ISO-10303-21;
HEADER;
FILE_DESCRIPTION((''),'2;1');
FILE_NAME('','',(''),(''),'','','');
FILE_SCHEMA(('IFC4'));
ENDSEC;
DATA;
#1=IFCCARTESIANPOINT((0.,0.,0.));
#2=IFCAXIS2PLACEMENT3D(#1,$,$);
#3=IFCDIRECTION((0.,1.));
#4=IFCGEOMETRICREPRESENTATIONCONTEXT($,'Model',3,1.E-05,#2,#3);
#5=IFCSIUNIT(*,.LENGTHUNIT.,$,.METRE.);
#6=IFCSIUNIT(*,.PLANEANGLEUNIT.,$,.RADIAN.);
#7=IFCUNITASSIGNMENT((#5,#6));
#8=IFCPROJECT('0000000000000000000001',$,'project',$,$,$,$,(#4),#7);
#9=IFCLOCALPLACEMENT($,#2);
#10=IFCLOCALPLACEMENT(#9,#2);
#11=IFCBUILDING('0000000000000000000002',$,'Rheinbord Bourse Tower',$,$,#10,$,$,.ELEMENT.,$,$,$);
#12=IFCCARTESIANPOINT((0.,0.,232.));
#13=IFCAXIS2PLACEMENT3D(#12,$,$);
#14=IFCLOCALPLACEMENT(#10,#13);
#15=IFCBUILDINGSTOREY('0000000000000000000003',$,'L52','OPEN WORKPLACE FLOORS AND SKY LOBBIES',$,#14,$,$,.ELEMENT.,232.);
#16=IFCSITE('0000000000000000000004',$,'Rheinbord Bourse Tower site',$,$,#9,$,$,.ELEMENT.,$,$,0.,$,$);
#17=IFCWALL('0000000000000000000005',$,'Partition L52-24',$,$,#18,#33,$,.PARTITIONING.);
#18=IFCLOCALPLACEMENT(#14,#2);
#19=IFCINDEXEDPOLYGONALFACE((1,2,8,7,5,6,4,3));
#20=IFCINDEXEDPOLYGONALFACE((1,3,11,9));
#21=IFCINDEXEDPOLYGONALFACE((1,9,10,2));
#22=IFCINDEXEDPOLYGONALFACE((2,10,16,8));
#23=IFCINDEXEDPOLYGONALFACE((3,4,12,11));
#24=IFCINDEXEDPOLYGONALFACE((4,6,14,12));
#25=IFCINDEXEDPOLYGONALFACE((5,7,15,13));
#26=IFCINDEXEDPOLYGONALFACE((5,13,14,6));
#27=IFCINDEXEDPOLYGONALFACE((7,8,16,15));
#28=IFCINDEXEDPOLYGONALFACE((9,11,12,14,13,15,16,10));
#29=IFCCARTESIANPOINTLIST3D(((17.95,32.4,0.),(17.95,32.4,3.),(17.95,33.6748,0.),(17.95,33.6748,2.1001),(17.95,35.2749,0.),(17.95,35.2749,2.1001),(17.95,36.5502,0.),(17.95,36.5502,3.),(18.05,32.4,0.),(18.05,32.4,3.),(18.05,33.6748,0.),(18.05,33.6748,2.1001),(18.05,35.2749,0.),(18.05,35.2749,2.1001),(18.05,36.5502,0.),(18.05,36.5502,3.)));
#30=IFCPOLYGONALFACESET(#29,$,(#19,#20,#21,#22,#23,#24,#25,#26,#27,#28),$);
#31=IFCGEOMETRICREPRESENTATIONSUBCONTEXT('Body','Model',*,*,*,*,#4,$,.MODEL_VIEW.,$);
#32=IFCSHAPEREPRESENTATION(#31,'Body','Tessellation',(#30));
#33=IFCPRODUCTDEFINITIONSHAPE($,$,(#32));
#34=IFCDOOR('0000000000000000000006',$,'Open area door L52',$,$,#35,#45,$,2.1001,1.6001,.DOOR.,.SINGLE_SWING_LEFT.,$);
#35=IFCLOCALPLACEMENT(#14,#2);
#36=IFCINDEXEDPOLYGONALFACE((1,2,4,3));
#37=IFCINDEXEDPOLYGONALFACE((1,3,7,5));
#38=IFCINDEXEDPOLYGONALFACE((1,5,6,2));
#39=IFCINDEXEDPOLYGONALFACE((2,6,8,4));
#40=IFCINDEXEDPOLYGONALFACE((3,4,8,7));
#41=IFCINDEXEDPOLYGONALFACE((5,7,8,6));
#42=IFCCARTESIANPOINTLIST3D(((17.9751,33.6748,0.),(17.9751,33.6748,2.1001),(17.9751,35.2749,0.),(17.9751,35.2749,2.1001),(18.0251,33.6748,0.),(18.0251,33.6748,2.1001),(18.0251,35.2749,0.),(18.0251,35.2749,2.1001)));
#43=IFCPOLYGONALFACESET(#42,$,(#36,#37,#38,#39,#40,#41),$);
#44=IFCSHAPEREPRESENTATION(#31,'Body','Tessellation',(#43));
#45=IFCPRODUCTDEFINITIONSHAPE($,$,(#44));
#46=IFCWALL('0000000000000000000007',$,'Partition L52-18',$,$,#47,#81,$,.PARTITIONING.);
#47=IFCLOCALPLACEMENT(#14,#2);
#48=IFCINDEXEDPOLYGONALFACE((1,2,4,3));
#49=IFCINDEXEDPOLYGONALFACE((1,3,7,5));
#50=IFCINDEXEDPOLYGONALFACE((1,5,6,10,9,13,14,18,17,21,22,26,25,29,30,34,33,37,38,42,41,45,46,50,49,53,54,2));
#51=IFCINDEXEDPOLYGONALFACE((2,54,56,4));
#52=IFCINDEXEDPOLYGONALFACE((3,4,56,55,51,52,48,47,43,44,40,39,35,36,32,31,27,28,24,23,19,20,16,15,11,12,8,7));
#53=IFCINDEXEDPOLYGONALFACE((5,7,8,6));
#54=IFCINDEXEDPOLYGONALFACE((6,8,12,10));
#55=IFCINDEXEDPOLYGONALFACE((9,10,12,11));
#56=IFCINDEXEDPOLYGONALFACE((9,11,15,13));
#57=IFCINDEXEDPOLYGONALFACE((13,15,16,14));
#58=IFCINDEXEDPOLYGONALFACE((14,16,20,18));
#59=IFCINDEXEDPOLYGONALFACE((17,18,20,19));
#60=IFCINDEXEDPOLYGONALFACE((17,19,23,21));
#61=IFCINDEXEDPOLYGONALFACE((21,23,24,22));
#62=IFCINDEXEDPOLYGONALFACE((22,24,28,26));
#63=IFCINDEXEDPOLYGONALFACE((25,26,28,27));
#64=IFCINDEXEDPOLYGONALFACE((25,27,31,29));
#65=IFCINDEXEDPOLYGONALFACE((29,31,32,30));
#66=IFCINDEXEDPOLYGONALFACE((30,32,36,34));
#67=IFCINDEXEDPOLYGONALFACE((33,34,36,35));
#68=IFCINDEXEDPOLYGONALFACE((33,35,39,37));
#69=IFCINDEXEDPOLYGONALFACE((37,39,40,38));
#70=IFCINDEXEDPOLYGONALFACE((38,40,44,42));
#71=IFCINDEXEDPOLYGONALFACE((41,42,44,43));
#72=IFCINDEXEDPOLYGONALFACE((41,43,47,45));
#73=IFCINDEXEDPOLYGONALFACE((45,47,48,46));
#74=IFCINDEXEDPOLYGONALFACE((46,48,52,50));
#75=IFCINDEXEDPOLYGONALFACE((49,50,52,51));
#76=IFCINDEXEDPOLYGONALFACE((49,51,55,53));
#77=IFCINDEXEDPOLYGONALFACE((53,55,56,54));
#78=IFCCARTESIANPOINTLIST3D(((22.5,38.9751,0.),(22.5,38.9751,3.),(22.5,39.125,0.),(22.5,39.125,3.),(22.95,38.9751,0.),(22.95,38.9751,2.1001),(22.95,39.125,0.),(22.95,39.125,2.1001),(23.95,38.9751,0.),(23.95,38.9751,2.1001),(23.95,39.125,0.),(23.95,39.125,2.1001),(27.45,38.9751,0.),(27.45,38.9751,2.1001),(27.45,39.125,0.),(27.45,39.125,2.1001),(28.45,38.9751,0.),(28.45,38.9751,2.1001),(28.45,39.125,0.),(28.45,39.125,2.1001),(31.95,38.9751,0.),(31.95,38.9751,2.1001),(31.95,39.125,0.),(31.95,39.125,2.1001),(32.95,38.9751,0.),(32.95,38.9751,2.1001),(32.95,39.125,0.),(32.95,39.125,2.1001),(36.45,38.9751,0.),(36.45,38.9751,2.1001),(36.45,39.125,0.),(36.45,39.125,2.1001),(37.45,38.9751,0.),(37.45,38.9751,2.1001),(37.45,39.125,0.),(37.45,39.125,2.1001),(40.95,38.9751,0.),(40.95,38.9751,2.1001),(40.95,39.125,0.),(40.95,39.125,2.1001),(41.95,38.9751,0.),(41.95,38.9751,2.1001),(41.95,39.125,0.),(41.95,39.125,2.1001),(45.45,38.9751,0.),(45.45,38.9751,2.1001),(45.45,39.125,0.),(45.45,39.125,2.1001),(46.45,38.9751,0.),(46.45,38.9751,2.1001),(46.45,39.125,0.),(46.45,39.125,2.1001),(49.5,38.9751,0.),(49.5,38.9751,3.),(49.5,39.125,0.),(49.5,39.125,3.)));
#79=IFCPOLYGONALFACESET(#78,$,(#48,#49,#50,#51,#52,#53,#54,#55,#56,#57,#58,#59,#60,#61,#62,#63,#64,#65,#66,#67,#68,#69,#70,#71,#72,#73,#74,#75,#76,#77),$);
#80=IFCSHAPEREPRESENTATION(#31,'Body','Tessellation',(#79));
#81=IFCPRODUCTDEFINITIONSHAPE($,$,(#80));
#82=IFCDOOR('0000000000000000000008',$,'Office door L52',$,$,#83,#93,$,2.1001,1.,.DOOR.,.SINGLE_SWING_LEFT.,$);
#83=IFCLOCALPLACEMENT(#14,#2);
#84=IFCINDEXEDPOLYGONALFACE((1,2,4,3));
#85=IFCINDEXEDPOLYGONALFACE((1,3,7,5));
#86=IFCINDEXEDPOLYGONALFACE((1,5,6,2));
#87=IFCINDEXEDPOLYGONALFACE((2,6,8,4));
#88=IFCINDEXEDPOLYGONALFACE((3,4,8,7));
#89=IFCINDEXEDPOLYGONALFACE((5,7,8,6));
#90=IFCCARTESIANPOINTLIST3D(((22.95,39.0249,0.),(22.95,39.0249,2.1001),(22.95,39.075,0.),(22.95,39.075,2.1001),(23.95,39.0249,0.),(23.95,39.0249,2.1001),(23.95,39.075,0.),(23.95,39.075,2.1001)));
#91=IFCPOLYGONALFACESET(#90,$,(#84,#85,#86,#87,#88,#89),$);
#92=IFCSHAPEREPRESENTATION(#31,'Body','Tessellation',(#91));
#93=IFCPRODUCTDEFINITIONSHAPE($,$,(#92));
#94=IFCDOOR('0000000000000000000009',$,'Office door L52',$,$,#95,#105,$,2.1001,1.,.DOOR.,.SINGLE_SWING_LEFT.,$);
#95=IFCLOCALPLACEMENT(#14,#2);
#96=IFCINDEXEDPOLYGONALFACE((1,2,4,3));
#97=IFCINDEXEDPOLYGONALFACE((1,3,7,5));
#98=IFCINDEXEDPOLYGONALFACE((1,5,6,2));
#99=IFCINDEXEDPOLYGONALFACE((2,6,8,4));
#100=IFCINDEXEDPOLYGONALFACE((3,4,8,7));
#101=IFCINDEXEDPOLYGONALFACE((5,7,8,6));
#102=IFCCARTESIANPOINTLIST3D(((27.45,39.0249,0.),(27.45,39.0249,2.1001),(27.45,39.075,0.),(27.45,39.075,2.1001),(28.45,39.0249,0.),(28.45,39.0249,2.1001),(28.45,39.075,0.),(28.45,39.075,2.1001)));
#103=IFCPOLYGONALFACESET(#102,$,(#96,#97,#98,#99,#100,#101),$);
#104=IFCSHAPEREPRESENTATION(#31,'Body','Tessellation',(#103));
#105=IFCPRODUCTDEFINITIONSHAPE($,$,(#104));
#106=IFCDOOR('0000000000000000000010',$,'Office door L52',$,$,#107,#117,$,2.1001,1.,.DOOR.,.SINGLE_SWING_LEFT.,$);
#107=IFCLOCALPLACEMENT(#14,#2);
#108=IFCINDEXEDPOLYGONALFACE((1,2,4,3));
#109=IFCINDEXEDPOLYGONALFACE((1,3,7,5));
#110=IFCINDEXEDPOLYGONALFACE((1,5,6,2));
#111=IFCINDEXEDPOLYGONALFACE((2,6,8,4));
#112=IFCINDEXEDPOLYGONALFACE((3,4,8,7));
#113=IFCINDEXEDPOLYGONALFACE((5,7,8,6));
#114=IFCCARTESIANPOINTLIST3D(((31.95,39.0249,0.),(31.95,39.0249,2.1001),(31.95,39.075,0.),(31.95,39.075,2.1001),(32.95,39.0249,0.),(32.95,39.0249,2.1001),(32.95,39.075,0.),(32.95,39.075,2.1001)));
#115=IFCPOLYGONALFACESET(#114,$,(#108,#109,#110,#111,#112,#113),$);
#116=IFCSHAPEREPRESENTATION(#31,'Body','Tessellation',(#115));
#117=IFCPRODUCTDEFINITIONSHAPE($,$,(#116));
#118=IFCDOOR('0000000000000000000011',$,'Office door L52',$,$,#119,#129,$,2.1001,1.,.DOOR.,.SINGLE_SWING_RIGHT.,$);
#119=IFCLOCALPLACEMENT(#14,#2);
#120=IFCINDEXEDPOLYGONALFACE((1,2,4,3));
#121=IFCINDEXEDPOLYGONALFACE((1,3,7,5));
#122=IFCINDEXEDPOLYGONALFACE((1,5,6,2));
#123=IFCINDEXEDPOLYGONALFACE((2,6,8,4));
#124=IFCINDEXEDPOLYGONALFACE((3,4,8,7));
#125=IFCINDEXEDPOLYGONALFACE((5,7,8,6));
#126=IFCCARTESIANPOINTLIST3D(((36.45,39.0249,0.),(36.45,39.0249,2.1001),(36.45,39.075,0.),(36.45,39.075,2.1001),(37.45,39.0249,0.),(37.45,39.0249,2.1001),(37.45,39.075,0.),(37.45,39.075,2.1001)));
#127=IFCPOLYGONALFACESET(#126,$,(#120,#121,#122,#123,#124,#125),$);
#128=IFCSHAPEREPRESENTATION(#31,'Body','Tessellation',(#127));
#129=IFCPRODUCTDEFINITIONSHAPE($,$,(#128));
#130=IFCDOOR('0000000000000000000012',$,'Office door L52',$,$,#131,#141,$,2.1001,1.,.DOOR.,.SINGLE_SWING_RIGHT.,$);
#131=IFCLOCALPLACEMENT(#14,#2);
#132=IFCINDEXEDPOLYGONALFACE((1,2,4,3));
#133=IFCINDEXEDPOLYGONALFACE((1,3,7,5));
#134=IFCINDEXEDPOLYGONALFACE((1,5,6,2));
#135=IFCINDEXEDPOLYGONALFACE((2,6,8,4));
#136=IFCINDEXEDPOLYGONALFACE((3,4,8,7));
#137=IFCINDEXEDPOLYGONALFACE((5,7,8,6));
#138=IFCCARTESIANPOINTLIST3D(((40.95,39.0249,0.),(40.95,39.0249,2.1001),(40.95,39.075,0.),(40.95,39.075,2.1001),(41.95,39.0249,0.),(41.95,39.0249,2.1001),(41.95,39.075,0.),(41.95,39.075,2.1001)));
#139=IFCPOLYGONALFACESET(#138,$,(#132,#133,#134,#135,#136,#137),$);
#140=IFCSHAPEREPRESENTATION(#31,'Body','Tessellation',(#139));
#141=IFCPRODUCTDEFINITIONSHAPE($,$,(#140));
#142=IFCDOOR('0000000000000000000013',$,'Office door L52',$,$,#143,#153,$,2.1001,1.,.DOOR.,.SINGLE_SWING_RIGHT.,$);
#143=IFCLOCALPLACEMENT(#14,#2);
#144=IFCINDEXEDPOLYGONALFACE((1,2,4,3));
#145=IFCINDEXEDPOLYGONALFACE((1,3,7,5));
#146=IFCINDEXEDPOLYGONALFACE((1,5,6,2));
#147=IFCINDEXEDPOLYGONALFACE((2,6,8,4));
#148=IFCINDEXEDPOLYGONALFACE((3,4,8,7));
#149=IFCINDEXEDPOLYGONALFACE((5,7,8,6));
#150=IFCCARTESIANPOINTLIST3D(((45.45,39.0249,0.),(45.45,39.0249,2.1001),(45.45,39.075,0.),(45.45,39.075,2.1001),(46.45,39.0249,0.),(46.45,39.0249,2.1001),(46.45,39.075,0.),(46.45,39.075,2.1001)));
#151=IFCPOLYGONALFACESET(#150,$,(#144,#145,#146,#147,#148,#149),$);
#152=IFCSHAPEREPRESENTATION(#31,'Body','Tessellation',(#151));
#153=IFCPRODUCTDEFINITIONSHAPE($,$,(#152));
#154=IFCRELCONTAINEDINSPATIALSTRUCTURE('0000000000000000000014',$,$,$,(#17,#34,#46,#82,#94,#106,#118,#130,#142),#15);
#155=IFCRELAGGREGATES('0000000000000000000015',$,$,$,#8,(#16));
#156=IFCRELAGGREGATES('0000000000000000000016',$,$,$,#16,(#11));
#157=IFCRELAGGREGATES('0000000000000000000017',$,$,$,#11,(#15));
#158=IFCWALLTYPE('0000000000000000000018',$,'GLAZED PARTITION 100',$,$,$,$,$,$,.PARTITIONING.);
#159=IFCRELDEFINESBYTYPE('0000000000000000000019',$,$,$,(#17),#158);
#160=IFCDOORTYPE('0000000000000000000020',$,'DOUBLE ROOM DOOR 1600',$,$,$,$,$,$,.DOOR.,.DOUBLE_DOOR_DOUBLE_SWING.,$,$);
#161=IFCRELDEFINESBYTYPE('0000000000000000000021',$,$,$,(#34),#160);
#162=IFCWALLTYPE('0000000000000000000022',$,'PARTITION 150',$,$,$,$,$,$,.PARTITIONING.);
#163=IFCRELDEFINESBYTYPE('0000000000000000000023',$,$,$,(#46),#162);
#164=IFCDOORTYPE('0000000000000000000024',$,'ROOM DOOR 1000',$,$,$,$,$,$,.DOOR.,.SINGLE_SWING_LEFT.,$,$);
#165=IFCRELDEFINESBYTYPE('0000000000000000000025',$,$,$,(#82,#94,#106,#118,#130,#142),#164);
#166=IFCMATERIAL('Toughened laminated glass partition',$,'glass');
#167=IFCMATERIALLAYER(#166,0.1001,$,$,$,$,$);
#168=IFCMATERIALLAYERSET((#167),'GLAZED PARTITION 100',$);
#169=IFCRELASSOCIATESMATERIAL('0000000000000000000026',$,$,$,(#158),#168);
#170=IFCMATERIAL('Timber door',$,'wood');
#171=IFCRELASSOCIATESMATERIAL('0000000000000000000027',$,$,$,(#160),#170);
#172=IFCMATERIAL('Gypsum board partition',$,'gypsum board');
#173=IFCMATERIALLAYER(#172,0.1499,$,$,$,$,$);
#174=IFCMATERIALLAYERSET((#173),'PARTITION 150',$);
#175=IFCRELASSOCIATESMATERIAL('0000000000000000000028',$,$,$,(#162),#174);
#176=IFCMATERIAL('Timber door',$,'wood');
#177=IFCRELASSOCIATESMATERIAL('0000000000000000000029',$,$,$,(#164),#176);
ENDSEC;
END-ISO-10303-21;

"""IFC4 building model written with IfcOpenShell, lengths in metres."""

from ifc_helpers import new_model, si_unit, direction, frame, frame_2d, origin, place, context, subcontext, project, spatial, rectangle, extrude, material, layer, layer_set, type_object, element, fill, save


model = new_model("IFC4")

# Units and contexts
model_context = context("Model", 3, precision=1e-05, world=origin(), true_north=direction((0.0, 1.0)))
body_context = subcontext(model_context, "Body", "Model", "MODEL_VIEW")
ifc_project = project(units=[si_unit("LENGTHUNIT", "METRE"), si_unit("PLANEANGLEUNIT", "RADIAN")], contexts=[model_context])

# Site, building, storey
site_placement = place(None, origin())
site = spatial("IfcSite", under=ifc_project, at=site_placement, Name="Rheinbord Bourse Tower site", CompositionType="ELEMENT", RefElevation=0.0)
building_placement = place(site_placement, origin())
building = spatial("IfcBuilding", under=site, at=building_placement, Name="Rheinbord Bourse Tower", CompositionType="ELEMENT")
storey_placement = place(building_placement, frame((0.0, 0.0, 232.0)))
storey = spatial("IfcBuildingStorey", under=building, at=storey_placement, Name="L52", Description="OPEN WORKPLACE FLOORS AND SKY LOBBIES", CompositionType="ELEMENT", Elevation=232.0)

# Wall, opening, door
ifc_material_1 = material(Name="Toughened laminated glass partition", Category="glass")
ifc_layer_1 = layer(ifc_material_1, 0.1001)
ifc_layer_set_1 = layer_set([ifc_layer_1], Name="GLAZED PARTITION 100")
wall_type_1 = type_object("IfcWallType", Name="GLAZED PARTITION 100", PredefinedType="PARTITIONING", material=ifc_layer_set_1)
wall_1_placement = place(storey_placement, frame((18.0, 32.3999, 0.0), z_axis=(0.0, 0.0, 1.0), x_axis=(0.0, 1.0, 0.0)))
wall_1 = element("IfcWall", 1, at=wall_1_placement, inside=storey, type_object=wall_type_1, Name="Partition L52-24", PredefinedType="PARTITIONING", context=body_context, shape_type="SweptSolid", body=[
    extrude(rectangle(XDim=4.1501, YDim=0.1001, at=frame_2d((2.0752, 0.0))), origin(), (0.0, 0.0, 1.0), 3.0),
])
opening_1_placement = place(wall_1_placement, frame((1.2749, 0.0, 0.0)))
opening_1 = element("IfcOpeningElement", 2, at=opening_1_placement, cuts=wall_1, PredefinedType="OPENING", context=body_context, shape_type="SweptSolid", body=[
    extrude(rectangle(XDim=1.6001, YDim=2.1001, at=frame_2d((0.8, 1.05))), frame((0.0, 0.0601, 0.0), z_axis=(0.0, -1.0, 0.0), x_axis=(1.0, 0.0, 0.0)), (0.0, 0.0, 1.0), 0.1201),
])
ifc_material_2 = material(Name="Timber door", Category="wood")
door_type_1 = type_object("IfcDoorType", Name="DOUBLE ROOM DOOR 1600", OperationType="DOUBLE_DOOR_DOUBLE_SWING", PredefinedType="DOOR", material=ifc_material_2)
door_1_placement = place(opening_1_placement, origin())
door_1 = element("IfcDoor", 3, at=door_1_placement, inside=storey, type_object=door_type_1, Name="Open area door L52", OperationType="SINGLE_SWING_LEFT", OverallHeight=2.1001, OverallWidth=1.6001, PredefinedType="DOOR", context=body_context, shape_type="SweptSolid", body=[
    extrude(rectangle(XDim=1.6001, YDim=2.1001, at=frame_2d((0.8, 1.05))), frame((0.0, 0.0249, 0.0), z_axis=(0.0, -1.0, 0.0), x_axis=(1.0, 0.0, 0.0)), (0.0, 0.0, 1.0), 0.05),
])
fill(opening_1, door_1)

# Wall, openings, doors
ifc_material_3 = material(Name="Gypsum board partition", Category="gypsum board")
ifc_layer_2 = layer(ifc_material_3, 0.1499)
ifc_layer_set_2 = layer_set([ifc_layer_2], Name="PARTITION 150")
wall_type_2 = type_object("IfcWallType", Name="PARTITION 150", PredefinedType="PARTITIONING", material=ifc_layer_set_2)
wall_2_placement = place(storey_placement, frame((22.5, 39.05, 0.0), z_axis=(0.0, 0.0, 1.0), x_axis=(1.0, 0.0, 0.0)))
wall_2 = element("IfcWall", 4, at=wall_2_placement, inside=storey, type_object=wall_type_2, Name="Partition L52-18", PredefinedType="PARTITIONING", context=body_context, shape_type="SweptSolid", body=[
    extrude(rectangle(XDim=27.0, YDim=0.1499, at=frame_2d((13.5, 0.0))), origin(), (0.0, 0.0, 1.0), 3.0),
])
opening_2_placement = place(wall_2_placement, frame((0.45, 0.0, 0.0)))
opening_2 = element("IfcOpeningElement", 5, at=opening_2_placement, cuts=wall_2, PredefinedType="OPENING", context=body_context, shape_type="SweptSolid", body=[
    extrude(rectangle(XDim=1.0, YDim=2.1001, at=frame_2d((0.5, 1.05))), frame((0.0, 0.085, 0.0), z_axis=(0.0, -1.0, 0.0), x_axis=(1.0, 0.0, 0.0)), (0.0, 0.0, 1.0), 0.1699),
])
opening_3_placement = place(wall_2_placement, frame((4.95, 0.0, 0.0)))
opening_3 = element("IfcOpeningElement", 6, at=opening_3_placement, cuts=wall_2, PredefinedType="OPENING", context=body_context, shape_type="SweptSolid", body=[
    extrude(rectangle(XDim=1.0, YDim=2.1001, at=frame_2d((0.5, 1.05))), frame((0.0, 0.085, 0.0), z_axis=(0.0, -1.0, 0.0), x_axis=(1.0, 0.0, 0.0)), (0.0, 0.0, 1.0), 0.1699),
])
opening_4_placement = place(wall_2_placement, frame((9.45, 0.0, 0.0)))
opening_4 = element("IfcOpeningElement", 7, at=opening_4_placement, cuts=wall_2, PredefinedType="OPENING", context=body_context, shape_type="SweptSolid", body=[
    extrude(rectangle(XDim=1.0, YDim=2.1001, at=frame_2d((0.5, 1.05))), frame((0.0, 0.085, 0.0), z_axis=(0.0, -1.0, 0.0), x_axis=(1.0, 0.0, 0.0)), (0.0, 0.0, 1.0), 0.1699),
])
opening_5_placement = place(wall_2_placement, frame((13.95, 0.0, 0.0)))
opening_5 = element("IfcOpeningElement", 8, at=opening_5_placement, cuts=wall_2, PredefinedType="OPENING", context=body_context, shape_type="SweptSolid", body=[
    extrude(rectangle(XDim=1.0, YDim=2.1001, at=frame_2d((0.5, 1.05))), frame((0.0, 0.085, 0.0), z_axis=(0.0, -1.0, 0.0), x_axis=(1.0, 0.0, 0.0)), (0.0, 0.0, 1.0), 0.1699),
])
opening_6_placement = place(wall_2_placement, frame((18.45, 0.0, 0.0)))
opening_6 = element("IfcOpeningElement", 9, at=opening_6_placement, cuts=wall_2, PredefinedType="OPENING", context=body_context, shape_type="SweptSolid", body=[
    extrude(rectangle(XDim=1.0, YDim=2.1001, at=frame_2d((0.5, 1.05))), frame((0.0, 0.085, 0.0), z_axis=(0.0, -1.0, 0.0), x_axis=(1.0, 0.0, 0.0)), (0.0, 0.0, 1.0), 0.1699),
])
opening_7_placement = place(wall_2_placement, frame((22.95, 0.0, 0.0)))
opening_7 = element("IfcOpeningElement", 10, at=opening_7_placement, cuts=wall_2, PredefinedType="OPENING", context=body_context, shape_type="SweptSolid", body=[
    extrude(rectangle(XDim=1.0, YDim=2.1001, at=frame_2d((0.5, 1.05))), frame((0.0, 0.085, 0.0), z_axis=(0.0, -1.0, 0.0), x_axis=(1.0, 0.0, 0.0)), (0.0, 0.0, 1.0), 0.1699),
])
ifc_material_4 = material(Name="Timber door", Category="wood")
door_type_2 = type_object("IfcDoorType", Name="ROOM DOOR 1000", OperationType="SINGLE_SWING_LEFT", PredefinedType="DOOR", material=ifc_material_4)
door_2_placement = place(opening_2_placement, origin())
door_2 = element("IfcDoor", 11, at=door_2_placement, inside=storey, type_object=door_type_2, Name="Office door L52", OperationType="SINGLE_SWING_LEFT", OverallHeight=2.1001, OverallWidth=1.0, PredefinedType="DOOR", context=body_context, shape_type="SweptSolid", body=[
    extrude(rectangle(XDim=1.0, YDim=2.1001, at=frame_2d((0.5, 1.05))), frame((0.0, 0.0249, 0.0), z_axis=(0.0, -1.0, 0.0), x_axis=(1.0, 0.0, 0.0)), (0.0, 0.0, 1.0), 0.05),
])
fill(opening_2, door_2)
door_3_placement = place(opening_3_placement, origin())
door_3 = element("IfcDoor", 12, at=door_3_placement, inside=storey, type_object=door_type_2, Name="Office door L52", OperationType="SINGLE_SWING_LEFT", OverallHeight=2.1001, OverallWidth=1.0, PredefinedType="DOOR", context=body_context, shape_type="SweptSolid", body=[
    extrude(rectangle(XDim=1.0, YDim=2.1001, at=frame_2d((0.5, 1.05))), frame((0.0, 0.0249, 0.0), z_axis=(0.0, -1.0, 0.0), x_axis=(1.0, 0.0, 0.0)), (0.0, 0.0, 1.0), 0.05),
])
fill(opening_3, door_3)
door_4_placement = place(opening_4_placement, origin())
door_4 = element("IfcDoor", 13, at=door_4_placement, inside=storey, type_object=door_type_2, Name="Office door L52", OperationType="SINGLE_SWING_LEFT", OverallHeight=2.1001, OverallWidth=1.0, PredefinedType="DOOR", context=body_context, shape_type="SweptSolid", body=[
    extrude(rectangle(XDim=1.0, YDim=2.1001, at=frame_2d((0.5, 1.05))), frame((0.0, 0.0249, 0.0), z_axis=(0.0, -1.0, 0.0), x_axis=(1.0, 0.0, 0.0)), (0.0, 0.0, 1.0), 0.05),
])
fill(opening_4, door_4)
door_5_placement = place(opening_5_placement, origin())
door_5 = element("IfcDoor", 14, at=door_5_placement, inside=storey, type_object=door_type_2, Name="Office door L52", OperationType="SINGLE_SWING_RIGHT", OverallHeight=2.1001, OverallWidth=1.0, PredefinedType="DOOR", context=body_context, shape_type="SweptSolid", body=[
    extrude(rectangle(XDim=1.0, YDim=2.1001, at=frame_2d((0.5, 1.05))), frame((0.0, 0.0249, 0.0), z_axis=(0.0, -1.0, 0.0), x_axis=(1.0, 0.0, 0.0)), (0.0, 0.0, 1.0), 0.05),
])
fill(opening_5, door_5)
door_6_placement = place(opening_6_placement, origin())
door_6 = element("IfcDoor", 15, at=door_6_placement, inside=storey, type_object=door_type_2, Name="Office door L52", OperationType="SINGLE_SWING_RIGHT", OverallHeight=2.1001, OverallWidth=1.0, PredefinedType="DOOR", context=body_context, shape_type="SweptSolid", body=[
    extrude(rectangle(XDim=1.0, YDim=2.1001, at=frame_2d((0.5, 1.05))), frame((0.0, 0.0249, 0.0), z_axis=(0.0, -1.0, 0.0), x_axis=(1.0, 0.0, 0.0)), (0.0, 0.0, 1.0), 0.05),
])
fill(opening_6, door_6)
door_7_placement = place(opening_7_placement, origin())
door_7 = element("IfcDoor", 16, at=door_7_placement, inside=storey, type_object=door_type_2, Name="Office door L52", OperationType="SINGLE_SWING_RIGHT", OverallHeight=2.1001, OverallWidth=1.0, PredefinedType="DOOR", context=body_context, shape_type="SweptSolid", body=[
    extrude(rectangle(XDim=1.0, YDim=2.1001, at=frame_2d((0.5, 1.05))), frame((0.0, 0.0249, 0.0), z_axis=(0.0, -1.0, 0.0), x_axis=(1.0, 0.0, 0.0)), (0.0, 0.0, 1.0), 0.05),
])
fill(opening_7, door_7)

save(model, "model.ifc")
